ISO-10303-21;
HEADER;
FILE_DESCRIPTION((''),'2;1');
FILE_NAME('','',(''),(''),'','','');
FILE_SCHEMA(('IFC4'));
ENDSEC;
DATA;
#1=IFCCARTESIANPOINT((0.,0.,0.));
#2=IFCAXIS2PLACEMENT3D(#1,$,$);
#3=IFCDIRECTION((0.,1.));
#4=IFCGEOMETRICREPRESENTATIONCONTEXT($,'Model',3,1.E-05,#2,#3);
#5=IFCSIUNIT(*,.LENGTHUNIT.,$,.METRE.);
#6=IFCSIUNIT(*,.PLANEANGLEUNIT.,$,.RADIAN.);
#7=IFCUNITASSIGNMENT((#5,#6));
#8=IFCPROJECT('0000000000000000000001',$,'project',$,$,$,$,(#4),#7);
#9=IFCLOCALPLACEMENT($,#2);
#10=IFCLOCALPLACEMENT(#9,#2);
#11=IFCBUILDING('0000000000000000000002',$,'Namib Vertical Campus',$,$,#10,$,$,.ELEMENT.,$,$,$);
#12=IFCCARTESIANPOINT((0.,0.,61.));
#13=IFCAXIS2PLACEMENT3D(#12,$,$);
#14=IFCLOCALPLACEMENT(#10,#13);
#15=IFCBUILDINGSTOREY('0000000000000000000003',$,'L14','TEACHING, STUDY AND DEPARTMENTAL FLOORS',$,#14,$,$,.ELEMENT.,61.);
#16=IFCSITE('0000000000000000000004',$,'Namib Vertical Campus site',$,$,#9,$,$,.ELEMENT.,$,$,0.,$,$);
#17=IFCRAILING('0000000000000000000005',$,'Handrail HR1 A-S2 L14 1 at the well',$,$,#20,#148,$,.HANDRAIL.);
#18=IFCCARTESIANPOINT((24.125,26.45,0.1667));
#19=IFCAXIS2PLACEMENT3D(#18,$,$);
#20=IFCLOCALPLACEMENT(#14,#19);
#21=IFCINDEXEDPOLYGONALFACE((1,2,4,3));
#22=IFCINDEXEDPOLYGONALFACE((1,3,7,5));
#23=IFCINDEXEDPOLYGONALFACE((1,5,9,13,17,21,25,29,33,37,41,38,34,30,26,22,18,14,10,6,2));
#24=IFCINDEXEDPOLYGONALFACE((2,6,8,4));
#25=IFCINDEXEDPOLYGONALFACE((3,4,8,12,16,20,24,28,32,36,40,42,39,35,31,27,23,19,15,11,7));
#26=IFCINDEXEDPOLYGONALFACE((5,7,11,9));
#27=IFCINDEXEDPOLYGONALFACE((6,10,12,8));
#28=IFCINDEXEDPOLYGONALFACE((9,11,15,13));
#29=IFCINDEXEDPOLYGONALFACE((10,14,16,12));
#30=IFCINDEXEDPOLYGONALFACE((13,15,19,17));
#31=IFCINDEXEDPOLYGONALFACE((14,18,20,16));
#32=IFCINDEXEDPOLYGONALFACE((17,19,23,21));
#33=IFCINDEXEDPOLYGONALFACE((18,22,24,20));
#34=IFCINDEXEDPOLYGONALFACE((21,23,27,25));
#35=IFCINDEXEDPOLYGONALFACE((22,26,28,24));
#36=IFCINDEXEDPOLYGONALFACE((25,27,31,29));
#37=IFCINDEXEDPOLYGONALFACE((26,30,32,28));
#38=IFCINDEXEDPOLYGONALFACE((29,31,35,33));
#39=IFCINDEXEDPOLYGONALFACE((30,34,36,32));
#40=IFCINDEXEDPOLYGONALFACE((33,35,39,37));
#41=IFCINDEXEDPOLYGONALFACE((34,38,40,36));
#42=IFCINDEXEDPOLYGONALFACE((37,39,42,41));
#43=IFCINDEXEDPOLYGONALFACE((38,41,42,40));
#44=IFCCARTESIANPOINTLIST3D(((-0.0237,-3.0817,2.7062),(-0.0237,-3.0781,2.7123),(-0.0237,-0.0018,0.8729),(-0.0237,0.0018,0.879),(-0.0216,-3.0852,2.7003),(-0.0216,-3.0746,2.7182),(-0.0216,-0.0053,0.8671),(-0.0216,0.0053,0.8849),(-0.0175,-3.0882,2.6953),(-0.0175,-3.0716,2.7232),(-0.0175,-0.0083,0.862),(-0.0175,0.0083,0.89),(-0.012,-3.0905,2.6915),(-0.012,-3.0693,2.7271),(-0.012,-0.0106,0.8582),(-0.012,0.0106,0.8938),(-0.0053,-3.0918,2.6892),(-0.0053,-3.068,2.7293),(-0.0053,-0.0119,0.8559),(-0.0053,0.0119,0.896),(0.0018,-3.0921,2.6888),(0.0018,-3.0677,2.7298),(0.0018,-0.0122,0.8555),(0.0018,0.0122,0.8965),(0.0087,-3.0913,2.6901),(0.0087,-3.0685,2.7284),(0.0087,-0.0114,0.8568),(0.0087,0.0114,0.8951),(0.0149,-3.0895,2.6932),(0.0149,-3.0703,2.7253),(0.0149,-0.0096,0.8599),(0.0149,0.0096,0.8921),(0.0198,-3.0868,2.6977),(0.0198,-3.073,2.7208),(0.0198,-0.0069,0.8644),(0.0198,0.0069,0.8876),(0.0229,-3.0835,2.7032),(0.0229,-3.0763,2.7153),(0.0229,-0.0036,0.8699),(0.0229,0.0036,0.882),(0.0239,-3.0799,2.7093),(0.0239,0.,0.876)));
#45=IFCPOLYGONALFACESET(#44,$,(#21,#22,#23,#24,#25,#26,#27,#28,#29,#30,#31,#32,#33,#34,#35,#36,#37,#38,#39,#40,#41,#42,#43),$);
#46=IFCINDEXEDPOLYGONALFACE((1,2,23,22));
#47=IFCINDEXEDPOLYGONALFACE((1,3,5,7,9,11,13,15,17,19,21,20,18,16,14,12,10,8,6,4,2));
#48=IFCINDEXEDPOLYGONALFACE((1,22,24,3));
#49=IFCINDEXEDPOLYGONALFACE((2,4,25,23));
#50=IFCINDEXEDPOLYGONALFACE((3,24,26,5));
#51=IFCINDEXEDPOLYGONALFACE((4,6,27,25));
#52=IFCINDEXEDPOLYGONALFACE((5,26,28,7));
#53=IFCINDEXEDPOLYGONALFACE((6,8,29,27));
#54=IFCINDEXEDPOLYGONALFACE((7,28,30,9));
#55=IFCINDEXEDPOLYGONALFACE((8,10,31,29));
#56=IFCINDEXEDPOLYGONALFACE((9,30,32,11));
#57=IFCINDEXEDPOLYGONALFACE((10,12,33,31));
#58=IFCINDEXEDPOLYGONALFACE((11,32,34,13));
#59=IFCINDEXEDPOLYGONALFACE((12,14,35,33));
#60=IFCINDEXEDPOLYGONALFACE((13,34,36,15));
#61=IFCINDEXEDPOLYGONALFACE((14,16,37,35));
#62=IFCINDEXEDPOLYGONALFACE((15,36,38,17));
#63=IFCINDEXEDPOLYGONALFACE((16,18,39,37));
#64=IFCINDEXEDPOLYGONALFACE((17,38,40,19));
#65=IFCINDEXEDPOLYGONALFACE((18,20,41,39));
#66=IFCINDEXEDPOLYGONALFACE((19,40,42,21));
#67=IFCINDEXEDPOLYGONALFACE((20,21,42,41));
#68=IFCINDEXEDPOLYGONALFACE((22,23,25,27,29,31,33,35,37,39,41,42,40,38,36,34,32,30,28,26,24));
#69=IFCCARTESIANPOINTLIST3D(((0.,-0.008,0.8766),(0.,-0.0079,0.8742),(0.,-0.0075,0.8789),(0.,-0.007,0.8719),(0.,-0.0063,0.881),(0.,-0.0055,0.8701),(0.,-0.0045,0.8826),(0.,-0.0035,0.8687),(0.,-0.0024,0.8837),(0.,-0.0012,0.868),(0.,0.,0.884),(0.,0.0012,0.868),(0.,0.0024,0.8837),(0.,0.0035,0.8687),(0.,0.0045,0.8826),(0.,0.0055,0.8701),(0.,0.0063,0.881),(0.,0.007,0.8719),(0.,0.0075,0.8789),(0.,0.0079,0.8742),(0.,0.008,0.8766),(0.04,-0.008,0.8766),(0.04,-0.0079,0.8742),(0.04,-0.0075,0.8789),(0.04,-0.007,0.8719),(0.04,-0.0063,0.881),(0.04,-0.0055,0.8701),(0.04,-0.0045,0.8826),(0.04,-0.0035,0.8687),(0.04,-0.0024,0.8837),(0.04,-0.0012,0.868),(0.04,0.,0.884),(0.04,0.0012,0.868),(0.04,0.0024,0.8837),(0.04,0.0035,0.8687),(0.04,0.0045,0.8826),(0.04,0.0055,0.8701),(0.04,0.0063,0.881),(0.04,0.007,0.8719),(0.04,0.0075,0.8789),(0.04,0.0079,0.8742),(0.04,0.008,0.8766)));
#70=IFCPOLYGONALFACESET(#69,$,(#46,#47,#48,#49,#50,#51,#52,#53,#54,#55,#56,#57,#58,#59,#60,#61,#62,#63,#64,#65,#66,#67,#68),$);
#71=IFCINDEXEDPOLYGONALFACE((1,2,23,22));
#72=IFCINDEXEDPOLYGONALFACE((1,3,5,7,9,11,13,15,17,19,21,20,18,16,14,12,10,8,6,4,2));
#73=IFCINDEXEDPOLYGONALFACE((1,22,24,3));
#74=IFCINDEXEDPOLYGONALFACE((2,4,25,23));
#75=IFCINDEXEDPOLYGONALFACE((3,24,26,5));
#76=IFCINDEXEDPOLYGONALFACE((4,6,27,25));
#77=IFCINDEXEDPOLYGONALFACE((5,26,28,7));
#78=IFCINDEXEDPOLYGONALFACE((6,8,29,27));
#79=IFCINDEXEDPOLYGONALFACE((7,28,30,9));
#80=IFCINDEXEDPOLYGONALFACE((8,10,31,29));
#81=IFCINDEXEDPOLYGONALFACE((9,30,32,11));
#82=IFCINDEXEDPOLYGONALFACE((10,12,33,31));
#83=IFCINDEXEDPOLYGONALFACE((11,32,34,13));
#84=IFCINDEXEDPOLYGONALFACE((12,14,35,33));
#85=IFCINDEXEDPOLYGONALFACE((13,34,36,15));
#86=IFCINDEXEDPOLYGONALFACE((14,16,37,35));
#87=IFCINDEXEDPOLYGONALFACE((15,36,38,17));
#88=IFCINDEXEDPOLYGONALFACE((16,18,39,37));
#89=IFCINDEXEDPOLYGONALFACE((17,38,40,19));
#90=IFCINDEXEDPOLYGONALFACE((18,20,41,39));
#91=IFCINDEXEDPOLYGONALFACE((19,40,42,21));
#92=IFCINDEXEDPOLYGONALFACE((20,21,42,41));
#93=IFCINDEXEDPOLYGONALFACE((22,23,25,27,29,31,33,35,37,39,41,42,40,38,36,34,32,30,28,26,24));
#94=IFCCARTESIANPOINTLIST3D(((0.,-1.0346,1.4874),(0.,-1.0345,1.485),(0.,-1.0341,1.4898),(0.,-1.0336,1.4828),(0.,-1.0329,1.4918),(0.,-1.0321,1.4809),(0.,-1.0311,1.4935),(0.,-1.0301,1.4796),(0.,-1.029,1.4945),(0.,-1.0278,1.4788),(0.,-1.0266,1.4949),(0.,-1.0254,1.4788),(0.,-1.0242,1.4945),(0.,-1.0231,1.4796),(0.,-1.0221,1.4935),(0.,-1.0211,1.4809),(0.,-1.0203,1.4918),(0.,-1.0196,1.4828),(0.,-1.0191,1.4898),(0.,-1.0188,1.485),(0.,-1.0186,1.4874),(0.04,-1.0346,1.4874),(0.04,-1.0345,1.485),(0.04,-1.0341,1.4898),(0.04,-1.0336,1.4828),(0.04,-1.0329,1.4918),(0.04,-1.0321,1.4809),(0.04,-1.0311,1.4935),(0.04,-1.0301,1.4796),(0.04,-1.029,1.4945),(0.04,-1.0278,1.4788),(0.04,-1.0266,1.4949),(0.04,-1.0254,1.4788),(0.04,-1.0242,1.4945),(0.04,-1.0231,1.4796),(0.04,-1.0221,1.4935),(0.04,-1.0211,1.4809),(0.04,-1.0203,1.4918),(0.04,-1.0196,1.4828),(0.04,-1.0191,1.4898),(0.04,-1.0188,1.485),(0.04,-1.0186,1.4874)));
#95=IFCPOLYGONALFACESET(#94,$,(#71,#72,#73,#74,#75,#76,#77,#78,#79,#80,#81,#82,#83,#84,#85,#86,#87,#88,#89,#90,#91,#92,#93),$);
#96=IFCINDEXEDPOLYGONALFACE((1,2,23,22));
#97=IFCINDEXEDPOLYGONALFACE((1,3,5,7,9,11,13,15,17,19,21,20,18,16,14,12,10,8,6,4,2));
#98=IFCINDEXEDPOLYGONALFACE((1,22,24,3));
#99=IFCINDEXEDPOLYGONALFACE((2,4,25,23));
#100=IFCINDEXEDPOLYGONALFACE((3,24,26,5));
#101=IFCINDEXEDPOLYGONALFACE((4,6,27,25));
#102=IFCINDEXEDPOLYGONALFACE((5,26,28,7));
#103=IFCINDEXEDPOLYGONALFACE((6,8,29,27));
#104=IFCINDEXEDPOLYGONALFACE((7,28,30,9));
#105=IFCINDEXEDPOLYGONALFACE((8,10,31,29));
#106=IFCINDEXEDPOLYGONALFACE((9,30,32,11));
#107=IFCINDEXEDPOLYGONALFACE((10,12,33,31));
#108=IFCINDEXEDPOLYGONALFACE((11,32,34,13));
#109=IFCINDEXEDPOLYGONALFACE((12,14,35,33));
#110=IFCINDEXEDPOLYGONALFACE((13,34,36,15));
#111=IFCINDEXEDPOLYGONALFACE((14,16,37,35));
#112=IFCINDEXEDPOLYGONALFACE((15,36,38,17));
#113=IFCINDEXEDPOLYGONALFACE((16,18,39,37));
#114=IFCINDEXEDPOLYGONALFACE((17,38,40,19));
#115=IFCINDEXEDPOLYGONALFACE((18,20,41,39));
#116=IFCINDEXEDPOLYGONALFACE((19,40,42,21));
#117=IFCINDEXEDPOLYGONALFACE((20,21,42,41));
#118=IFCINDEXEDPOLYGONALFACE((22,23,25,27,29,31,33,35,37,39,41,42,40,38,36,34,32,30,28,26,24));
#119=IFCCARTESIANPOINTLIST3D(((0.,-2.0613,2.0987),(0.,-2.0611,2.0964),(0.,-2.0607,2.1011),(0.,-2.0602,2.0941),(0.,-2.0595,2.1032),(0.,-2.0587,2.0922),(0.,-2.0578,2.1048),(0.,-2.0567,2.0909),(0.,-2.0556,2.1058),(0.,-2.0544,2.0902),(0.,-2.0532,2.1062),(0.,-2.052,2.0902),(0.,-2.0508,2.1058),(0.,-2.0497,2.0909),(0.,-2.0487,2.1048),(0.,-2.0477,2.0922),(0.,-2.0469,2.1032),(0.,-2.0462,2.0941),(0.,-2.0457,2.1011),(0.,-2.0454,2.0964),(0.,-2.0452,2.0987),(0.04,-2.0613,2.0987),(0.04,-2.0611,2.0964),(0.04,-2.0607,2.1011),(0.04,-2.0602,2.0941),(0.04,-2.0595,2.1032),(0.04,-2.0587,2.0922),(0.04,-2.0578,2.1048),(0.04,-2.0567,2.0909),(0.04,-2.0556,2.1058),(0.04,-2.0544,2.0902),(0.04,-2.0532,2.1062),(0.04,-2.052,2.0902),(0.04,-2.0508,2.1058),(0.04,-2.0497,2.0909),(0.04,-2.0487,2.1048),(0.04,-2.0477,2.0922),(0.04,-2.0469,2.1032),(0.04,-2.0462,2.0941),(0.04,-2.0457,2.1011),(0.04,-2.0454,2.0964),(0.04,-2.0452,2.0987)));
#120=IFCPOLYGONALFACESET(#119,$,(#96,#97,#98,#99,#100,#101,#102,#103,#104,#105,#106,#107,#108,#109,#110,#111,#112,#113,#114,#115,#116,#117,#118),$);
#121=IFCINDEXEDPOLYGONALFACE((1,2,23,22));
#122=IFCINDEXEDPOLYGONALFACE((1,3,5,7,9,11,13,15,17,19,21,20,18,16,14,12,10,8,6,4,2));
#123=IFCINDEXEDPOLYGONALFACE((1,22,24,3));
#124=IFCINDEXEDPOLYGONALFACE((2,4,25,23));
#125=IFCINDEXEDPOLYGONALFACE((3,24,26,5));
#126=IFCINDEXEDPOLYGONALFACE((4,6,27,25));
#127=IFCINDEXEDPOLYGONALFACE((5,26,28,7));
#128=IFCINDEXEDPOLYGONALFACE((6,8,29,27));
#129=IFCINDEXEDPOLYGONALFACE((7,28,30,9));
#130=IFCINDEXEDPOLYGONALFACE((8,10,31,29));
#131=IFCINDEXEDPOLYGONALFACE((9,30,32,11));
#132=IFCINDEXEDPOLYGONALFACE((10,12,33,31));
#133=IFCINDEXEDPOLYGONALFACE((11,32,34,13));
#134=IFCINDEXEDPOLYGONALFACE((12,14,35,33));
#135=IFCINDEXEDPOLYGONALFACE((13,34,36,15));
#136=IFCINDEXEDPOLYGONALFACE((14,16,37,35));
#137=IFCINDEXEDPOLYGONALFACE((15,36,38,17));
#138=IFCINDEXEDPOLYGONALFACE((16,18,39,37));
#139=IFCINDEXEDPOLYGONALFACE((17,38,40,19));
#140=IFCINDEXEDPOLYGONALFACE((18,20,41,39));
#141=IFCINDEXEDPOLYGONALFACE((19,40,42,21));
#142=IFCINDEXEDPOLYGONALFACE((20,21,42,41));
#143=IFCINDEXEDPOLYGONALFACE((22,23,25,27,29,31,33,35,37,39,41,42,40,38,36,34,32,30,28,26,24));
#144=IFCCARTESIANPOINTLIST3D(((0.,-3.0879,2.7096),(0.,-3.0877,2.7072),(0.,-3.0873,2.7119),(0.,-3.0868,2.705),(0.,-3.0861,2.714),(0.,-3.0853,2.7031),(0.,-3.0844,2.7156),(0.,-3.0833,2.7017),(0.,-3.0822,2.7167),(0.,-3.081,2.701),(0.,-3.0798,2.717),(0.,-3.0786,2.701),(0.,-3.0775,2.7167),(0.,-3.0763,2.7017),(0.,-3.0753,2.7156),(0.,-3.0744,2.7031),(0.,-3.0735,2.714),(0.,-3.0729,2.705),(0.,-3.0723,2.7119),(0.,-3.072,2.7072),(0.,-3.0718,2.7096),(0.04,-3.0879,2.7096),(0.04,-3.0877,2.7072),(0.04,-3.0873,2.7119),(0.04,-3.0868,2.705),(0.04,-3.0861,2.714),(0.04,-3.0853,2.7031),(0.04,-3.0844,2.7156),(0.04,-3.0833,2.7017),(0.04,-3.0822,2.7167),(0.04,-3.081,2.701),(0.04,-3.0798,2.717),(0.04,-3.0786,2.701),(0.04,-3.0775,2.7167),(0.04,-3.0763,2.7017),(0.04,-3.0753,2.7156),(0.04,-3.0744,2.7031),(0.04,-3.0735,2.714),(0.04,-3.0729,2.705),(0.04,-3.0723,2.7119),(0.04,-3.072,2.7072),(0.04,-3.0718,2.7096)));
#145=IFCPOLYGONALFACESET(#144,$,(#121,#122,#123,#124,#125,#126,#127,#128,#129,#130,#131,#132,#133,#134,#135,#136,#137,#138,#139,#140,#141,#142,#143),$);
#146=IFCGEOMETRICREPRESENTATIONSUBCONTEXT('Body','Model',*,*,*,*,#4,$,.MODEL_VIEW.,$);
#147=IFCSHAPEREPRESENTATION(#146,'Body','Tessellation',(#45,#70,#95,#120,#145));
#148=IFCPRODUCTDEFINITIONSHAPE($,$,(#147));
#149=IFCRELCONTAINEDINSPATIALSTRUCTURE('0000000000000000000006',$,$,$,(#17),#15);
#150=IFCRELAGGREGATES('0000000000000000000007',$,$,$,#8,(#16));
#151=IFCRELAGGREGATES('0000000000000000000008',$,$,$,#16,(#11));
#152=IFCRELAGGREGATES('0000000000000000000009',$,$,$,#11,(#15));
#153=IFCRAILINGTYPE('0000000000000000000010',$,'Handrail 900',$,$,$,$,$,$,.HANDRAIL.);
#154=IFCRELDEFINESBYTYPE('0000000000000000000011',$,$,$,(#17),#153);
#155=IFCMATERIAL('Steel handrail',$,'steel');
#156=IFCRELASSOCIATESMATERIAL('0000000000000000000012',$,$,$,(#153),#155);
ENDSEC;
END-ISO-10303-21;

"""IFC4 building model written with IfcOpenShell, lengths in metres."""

from ifc_helpers import new_model, si_unit, direction, frame, origin, origin_2d, place, context, subcontext, project, spatial, circle, extrude, material, type_object, element, save


model = new_model("IFC4")

# Units and contexts
model_context = context("Model", 3, precision=1e-05, world=origin(), true_north=direction((0.0, 1.0)))
body_context = subcontext(model_context, "Body", "Model", "MODEL_VIEW")
ifc_project = project(units=[si_unit("LENGTHUNIT", "METRE"), si_unit("PLANEANGLEUNIT", "RADIAN")], contexts=[model_context])

# Site, building, storey
site_placement = place(None, origin())
site = spatial("IfcSite", under=ifc_project, at=site_placement, Name="Namib Vertical Campus site", CompositionType="ELEMENT", RefElevation=0.0)
building_placement = place(site_placement, origin())
building = spatial("IfcBuilding", under=site, at=building_placement, Name="Namib Vertical Campus", CompositionType="ELEMENT")
storey_placement = place(building_placement, frame((0.0, 0.0, 61.0)))
storey = spatial("IfcBuildingStorey", under=building, at=storey_placement, Name="L14", Description="TEACHING, STUDY AND DEPARTMENTAL FLOORS", CompositionType="ELEMENT", Elevation=61.0)

# Railing
ifc_material_1 = material(Name="Steel handrail", Category="steel")
railing_type_1 = type_object("IfcRailingType", Name="Handrail 900", PredefinedType="HANDRAIL", material=ifc_material_1)
railing_1_placement = place(storey_placement, frame((24.125, 26.45, 0.1667)))
element("IfcRailing", 1, at=railing_1_placement, inside=storey, type_object=railing_type_1, Name="Handrail HR1 A-S2 L14 1 at the well", PredefinedType="HANDRAIL", context=body_context, shape_type="SweptSolid", body=[
    extrude(circle(Radius=0.0239, at=origin_2d()), frame((0.0, 0.0, 0.876), z_axis=(0.0, -0.859291, 0.511487), x_axis=(1.0, 0.0, 0.0)), (0.0, 0.0, 1.0), 3.5842),
    extrude(circle(Radius=0.0081, at=origin_2d()), frame((0.0, 0.0, 0.876), z_axis=(1.0, 0.0, 0.0), x_axis=(0.0, 0.0, 1.0)), (0.0, 0.0, 1.0), 0.04),
    extrude(circle(Radius=0.0081, at=origin_2d()), frame((0.0, -1.0266, 1.4868), z_axis=(1.0, 0.0, 0.0), x_axis=(0.0, 0.0, 1.0)), (0.0, 0.0, 1.0), 0.04),
    extrude(circle(Radius=0.0081, at=origin_2d()), frame((0.0, -2.0532, 2.0981), z_axis=(1.0, 0.0, 0.0), x_axis=(0.0, 0.0, 1.0)), (0.0, 0.0, 1.0), 0.04),
    extrude(circle(Radius=0.0081, at=origin_2d()), frame((0.0, -3.0798, 2.709), z_axis=(1.0, 0.0, 0.0), x_axis=(0.0, 0.0, 1.0)), (0.0, 0.0, 1.0), 0.04),
])

save(model, "model.ifc")
